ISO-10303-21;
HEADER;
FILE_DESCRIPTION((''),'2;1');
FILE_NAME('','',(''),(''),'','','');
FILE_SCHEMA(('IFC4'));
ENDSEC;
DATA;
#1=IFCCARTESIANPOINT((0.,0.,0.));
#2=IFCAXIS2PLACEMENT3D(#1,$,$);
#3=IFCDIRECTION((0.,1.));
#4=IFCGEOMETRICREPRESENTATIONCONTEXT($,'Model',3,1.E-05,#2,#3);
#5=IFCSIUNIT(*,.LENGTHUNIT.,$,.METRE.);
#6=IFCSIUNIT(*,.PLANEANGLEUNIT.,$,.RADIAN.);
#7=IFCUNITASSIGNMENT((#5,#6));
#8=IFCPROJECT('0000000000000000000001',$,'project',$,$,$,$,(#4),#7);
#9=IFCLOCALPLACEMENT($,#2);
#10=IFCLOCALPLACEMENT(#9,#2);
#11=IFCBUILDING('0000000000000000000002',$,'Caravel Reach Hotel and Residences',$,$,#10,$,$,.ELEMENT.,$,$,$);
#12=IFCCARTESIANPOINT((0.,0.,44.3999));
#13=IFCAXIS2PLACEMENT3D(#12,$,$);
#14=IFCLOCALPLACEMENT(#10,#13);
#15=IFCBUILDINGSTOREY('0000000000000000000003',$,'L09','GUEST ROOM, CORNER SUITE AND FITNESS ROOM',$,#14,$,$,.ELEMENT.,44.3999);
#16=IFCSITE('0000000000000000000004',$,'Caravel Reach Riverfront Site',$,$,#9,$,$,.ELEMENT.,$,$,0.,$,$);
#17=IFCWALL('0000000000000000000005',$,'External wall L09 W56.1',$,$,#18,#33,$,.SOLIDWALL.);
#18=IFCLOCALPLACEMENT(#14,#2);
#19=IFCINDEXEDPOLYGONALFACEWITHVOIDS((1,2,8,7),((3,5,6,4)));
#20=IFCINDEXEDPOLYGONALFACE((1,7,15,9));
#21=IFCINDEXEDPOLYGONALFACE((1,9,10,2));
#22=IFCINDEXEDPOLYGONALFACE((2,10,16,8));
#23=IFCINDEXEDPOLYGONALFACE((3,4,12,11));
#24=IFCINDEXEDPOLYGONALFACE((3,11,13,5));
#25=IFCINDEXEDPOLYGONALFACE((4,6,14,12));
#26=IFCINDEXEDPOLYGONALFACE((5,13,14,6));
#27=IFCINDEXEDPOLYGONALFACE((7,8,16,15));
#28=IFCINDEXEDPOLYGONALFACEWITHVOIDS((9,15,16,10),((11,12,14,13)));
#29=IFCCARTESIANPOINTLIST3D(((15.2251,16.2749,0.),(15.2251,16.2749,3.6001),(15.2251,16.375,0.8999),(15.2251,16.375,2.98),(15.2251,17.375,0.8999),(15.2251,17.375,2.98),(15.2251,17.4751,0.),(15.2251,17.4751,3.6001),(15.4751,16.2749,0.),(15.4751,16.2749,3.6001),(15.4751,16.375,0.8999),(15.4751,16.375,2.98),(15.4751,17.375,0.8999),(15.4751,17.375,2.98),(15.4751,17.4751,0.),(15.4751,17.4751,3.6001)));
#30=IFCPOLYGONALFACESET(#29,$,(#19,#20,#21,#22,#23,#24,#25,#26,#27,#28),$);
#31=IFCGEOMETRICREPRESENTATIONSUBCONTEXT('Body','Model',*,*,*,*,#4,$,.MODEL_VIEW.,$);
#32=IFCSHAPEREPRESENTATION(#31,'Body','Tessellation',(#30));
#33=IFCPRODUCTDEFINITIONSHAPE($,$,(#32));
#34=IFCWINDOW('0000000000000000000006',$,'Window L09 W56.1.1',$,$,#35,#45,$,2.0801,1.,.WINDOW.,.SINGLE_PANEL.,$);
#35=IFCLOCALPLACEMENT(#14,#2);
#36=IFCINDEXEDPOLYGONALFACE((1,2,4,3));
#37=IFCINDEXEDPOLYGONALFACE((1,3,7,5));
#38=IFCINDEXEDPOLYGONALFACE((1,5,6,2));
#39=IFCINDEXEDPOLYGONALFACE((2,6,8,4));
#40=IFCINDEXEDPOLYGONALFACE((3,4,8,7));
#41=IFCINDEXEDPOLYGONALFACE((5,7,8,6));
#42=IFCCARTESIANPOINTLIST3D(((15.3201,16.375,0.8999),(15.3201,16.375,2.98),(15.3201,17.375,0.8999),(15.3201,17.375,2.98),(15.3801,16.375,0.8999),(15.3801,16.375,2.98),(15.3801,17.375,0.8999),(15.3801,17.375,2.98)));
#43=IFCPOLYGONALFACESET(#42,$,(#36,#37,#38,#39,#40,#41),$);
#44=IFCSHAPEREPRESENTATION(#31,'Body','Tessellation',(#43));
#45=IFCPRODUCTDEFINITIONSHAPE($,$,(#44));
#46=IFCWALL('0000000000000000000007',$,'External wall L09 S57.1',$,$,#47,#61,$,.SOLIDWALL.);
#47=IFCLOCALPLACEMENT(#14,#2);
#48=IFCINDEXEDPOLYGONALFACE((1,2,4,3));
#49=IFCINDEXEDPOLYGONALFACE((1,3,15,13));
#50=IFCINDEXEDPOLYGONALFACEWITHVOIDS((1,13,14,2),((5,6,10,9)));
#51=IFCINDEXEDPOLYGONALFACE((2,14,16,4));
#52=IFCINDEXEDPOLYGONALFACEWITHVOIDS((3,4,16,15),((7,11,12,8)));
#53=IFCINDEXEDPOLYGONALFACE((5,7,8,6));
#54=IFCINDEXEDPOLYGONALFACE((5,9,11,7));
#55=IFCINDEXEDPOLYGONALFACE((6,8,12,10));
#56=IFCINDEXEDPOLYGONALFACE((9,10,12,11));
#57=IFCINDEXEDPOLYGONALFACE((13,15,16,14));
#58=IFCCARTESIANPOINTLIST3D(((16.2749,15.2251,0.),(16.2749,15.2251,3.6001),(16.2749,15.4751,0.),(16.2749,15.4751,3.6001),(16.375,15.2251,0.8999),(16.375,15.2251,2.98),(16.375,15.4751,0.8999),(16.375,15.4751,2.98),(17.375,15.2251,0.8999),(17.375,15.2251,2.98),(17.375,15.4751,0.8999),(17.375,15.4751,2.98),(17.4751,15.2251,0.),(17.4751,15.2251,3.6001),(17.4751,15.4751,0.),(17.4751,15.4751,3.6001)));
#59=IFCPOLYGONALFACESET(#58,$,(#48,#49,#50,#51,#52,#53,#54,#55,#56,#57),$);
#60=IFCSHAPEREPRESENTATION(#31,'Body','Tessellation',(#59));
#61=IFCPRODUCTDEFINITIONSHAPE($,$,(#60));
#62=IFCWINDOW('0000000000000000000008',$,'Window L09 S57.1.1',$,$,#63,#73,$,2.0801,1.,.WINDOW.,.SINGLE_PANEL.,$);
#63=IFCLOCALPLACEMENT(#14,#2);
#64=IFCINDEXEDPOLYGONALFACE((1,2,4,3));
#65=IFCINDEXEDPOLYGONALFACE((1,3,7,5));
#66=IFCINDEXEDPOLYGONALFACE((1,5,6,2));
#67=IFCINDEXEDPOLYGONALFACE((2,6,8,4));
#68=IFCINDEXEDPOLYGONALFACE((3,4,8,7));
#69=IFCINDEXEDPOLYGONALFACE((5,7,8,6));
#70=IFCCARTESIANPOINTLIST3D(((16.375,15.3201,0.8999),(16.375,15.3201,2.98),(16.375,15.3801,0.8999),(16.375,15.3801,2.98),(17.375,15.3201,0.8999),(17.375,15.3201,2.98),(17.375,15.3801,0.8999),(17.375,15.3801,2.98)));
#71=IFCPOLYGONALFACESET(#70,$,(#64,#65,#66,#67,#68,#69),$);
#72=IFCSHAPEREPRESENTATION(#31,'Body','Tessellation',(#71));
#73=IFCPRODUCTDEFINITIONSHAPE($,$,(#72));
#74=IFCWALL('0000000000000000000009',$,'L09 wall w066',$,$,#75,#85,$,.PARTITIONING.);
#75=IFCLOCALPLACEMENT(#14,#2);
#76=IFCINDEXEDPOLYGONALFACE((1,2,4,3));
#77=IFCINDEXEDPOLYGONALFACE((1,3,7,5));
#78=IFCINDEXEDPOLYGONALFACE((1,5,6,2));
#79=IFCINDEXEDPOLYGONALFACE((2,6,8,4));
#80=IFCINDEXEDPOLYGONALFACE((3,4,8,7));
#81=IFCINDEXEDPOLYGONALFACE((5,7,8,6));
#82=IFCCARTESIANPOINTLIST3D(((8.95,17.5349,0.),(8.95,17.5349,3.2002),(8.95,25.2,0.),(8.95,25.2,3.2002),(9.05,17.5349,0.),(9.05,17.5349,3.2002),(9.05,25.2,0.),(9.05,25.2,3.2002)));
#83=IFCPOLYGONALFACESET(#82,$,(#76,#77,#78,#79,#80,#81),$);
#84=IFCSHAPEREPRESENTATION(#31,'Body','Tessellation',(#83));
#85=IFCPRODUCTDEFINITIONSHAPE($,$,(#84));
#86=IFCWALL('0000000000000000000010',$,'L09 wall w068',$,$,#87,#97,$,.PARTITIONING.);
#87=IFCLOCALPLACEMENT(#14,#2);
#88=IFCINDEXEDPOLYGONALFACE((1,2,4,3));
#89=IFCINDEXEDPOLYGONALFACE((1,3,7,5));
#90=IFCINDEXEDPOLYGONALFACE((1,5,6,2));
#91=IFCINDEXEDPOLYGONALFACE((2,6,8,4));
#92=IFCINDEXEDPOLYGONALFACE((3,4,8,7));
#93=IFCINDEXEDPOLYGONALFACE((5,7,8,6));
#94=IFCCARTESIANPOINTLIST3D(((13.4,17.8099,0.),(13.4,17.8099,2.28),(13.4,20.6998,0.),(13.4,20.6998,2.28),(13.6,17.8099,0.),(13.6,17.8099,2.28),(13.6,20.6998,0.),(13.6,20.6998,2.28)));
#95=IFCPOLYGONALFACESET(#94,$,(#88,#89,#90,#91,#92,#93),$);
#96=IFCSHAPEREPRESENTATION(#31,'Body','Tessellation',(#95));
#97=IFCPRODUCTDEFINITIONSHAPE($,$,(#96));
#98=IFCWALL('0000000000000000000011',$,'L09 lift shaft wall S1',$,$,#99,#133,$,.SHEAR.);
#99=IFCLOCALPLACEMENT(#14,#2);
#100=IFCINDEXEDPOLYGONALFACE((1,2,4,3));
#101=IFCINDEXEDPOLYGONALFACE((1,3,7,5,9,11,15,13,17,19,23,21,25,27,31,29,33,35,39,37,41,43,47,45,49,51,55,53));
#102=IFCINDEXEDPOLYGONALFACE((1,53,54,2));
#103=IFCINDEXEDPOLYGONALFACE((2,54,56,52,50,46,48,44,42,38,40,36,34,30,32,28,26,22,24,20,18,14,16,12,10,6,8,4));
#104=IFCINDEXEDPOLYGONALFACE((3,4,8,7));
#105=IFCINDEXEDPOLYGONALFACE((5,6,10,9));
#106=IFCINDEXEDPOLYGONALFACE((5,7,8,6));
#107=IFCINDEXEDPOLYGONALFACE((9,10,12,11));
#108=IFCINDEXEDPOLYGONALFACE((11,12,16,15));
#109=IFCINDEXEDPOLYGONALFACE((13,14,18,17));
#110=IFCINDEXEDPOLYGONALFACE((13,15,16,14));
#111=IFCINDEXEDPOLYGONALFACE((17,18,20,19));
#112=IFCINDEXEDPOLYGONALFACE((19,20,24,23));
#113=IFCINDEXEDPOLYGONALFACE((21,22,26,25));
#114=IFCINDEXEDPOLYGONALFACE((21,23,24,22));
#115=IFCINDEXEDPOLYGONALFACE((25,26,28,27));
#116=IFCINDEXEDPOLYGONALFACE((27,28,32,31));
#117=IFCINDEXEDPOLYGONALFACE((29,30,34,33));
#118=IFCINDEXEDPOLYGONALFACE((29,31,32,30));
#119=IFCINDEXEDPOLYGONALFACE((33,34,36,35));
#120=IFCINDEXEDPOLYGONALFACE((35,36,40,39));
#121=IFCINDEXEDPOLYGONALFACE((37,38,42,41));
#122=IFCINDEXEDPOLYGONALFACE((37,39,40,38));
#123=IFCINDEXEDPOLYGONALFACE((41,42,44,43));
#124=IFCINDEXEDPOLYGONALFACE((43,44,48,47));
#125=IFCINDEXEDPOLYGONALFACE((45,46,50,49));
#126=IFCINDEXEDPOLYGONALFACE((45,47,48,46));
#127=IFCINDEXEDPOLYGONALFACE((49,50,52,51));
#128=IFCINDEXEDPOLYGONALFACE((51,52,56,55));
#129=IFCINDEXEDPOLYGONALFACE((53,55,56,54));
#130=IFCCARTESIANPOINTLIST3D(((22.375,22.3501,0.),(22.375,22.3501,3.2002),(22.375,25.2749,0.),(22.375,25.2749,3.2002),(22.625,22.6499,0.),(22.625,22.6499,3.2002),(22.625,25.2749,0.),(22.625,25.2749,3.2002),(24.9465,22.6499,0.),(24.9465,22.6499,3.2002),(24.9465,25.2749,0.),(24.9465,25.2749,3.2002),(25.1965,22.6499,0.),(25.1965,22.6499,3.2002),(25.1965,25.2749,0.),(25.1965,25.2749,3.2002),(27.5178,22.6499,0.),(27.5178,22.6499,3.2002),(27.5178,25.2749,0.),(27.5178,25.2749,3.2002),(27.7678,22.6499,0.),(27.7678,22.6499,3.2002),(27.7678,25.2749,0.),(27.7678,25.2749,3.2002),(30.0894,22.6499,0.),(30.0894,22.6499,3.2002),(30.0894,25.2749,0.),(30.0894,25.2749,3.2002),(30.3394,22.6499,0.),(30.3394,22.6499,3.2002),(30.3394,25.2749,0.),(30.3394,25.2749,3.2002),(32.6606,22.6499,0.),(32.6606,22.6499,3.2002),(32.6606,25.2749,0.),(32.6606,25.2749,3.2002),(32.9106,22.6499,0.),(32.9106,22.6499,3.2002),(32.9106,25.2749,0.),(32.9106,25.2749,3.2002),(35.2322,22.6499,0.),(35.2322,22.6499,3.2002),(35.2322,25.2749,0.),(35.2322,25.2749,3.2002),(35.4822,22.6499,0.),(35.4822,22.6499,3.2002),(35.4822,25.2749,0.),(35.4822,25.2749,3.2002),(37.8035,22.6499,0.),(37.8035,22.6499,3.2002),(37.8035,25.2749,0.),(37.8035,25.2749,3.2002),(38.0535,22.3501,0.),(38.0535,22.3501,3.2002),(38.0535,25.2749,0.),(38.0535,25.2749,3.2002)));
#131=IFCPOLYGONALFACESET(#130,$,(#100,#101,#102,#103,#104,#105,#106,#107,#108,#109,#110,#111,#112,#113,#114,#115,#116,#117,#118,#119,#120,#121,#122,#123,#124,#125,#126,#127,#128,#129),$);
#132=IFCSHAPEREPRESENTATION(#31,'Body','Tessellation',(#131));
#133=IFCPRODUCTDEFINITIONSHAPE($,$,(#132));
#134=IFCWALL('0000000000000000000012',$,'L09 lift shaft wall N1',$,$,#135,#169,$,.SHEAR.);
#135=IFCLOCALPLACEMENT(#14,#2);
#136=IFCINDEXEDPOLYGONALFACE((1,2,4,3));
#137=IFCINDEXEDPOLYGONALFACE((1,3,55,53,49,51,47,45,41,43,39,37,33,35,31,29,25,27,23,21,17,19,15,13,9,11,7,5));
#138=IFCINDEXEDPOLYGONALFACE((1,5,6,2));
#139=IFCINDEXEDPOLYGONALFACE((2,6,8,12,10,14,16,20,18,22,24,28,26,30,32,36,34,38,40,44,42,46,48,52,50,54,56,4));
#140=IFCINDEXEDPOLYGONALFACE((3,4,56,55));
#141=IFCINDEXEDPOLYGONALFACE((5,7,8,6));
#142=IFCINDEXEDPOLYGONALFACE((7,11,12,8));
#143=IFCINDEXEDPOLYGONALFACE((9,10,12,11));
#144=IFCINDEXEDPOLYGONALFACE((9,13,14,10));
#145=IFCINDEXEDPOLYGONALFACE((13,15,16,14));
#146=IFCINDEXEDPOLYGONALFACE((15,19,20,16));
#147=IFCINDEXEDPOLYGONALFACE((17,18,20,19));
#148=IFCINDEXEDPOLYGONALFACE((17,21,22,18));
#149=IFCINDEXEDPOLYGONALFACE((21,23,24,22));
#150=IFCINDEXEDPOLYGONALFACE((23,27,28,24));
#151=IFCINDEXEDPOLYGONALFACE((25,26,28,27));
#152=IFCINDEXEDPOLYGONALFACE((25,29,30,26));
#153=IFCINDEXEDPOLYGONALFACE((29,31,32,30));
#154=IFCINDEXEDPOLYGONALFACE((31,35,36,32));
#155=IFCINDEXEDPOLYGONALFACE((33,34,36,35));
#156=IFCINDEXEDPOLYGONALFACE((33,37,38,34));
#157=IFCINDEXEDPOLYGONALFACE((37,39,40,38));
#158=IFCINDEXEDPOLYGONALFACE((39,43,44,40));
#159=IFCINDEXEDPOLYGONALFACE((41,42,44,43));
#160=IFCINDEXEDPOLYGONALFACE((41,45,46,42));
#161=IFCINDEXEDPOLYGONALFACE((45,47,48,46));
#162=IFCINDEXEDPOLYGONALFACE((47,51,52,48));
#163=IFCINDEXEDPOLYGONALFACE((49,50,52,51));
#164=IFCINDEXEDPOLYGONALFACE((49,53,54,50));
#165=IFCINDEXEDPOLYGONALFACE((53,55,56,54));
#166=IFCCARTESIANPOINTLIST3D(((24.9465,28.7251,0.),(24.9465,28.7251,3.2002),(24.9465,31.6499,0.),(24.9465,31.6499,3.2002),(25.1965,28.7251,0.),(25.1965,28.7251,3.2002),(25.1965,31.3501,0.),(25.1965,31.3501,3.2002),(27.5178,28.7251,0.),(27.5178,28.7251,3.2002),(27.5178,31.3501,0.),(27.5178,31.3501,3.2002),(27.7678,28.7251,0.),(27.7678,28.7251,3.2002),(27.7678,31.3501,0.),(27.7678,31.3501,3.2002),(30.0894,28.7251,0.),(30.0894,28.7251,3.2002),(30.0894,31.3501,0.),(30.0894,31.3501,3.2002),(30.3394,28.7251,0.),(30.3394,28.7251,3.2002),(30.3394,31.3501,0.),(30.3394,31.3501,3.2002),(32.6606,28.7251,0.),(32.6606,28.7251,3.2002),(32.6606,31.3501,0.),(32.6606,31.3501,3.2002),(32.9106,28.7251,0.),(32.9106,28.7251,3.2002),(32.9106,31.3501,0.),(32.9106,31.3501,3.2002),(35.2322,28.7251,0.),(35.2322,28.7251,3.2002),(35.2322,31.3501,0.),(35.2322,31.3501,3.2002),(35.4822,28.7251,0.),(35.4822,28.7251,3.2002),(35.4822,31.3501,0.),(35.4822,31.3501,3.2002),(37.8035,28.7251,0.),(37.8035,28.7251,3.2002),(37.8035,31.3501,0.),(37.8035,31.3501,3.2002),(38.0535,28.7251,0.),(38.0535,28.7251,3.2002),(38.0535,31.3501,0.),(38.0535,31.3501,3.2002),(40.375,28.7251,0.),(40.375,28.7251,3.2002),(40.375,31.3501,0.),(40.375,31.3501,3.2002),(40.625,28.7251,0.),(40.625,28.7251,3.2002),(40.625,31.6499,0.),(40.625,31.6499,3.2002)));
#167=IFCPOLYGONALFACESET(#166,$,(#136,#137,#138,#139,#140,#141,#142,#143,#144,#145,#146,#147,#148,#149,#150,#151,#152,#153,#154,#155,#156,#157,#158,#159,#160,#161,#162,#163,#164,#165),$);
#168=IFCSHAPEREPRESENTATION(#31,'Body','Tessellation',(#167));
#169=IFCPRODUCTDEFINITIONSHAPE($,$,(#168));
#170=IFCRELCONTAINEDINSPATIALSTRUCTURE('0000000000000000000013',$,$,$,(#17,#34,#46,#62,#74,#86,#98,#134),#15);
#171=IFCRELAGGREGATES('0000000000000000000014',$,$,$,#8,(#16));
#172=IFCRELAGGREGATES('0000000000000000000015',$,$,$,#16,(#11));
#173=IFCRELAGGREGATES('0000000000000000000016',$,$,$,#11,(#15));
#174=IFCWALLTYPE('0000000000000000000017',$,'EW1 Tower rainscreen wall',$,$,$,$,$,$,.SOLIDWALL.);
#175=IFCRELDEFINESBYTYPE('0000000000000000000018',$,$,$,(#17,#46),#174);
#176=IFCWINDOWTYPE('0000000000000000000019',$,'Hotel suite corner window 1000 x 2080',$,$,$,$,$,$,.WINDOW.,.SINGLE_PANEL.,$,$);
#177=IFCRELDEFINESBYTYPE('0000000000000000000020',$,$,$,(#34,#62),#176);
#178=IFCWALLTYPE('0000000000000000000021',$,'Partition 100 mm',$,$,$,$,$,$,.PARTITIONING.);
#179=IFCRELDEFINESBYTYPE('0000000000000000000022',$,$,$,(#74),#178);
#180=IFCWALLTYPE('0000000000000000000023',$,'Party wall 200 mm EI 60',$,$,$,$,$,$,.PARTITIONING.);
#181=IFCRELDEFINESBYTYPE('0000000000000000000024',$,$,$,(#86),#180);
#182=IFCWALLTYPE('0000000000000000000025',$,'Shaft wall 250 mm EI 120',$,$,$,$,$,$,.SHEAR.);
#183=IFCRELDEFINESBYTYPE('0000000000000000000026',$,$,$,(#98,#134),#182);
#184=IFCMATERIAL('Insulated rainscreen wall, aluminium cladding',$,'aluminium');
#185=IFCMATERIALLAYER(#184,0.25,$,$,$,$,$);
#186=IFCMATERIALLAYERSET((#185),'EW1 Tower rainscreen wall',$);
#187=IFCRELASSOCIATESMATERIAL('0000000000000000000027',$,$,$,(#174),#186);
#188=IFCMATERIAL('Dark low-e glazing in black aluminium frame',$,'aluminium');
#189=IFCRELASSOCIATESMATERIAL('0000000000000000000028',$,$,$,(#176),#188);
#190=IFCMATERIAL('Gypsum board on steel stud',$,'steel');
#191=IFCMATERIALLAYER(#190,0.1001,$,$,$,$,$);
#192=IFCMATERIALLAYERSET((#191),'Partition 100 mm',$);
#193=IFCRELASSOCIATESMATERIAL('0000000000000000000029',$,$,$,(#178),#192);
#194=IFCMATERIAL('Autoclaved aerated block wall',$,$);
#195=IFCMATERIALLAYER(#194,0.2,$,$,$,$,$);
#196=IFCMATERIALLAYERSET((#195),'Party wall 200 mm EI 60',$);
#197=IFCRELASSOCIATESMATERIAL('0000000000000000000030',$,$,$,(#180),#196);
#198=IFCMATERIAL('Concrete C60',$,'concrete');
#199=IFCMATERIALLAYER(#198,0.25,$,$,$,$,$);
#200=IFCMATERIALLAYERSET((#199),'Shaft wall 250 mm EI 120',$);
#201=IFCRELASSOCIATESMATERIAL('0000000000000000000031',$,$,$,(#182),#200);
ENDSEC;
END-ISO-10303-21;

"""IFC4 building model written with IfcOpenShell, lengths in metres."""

from ifc_helpers import new_model, si_unit, direction, frame, frame_2d, origin, place, context, subcontext, project, spatial, polyline, rectangle, outline, extrude, material, layer, layer_set, type_object, element, fill, save


model = new_model("IFC4")

# Units and contexts
model_context = context("Model", 3, precision=1e-05, world=origin(), true_north=direction((0.0, 1.0)))
body_context = subcontext(model_context, "Body", "Model", "MODEL_VIEW")
ifc_project = project(units=[si_unit("LENGTHUNIT", "METRE"), si_unit("PLANEANGLEUNIT", "RADIAN")], contexts=[model_context])

# Site, building, storey
site_placement = place(None, origin())
site = spatial("IfcSite", under=ifc_project, at=site_placement, Name="Caravel Reach Riverfront Site", CompositionType="ELEMENT", RefElevation=0.0)
building_placement = place(site_placement, origin())
building = spatial("IfcBuilding", under=site, at=building_placement, Name="Caravel Reach Hotel and Residences", CompositionType="ELEMENT")
storey_placement = place(building_placement, frame((0.0, 0.0, 44.3999)))
storey = spatial("IfcBuildingStorey", under=building, at=storey_placement, Name="L09", Description="GUEST ROOM, CORNER SUITE AND FITNESS ROOM", CompositionType="ELEMENT", Elevation=44.3999)

# Shared definitions
ifc_material_1 = material(Name="Insulated rainscreen wall, aluminium cladding", Category="aluminium")
ifc_layer_1 = layer(ifc_material_1, 0.25)
ifc_layer_set_1 = layer_set([ifc_layer_1], Name="EW1 Tower rainscreen wall")
wall_type_1 = type_object("IfcWallType", Name="EW1 Tower rainscreen wall", PredefinedType="SOLIDWALL", material=ifc_layer_set_1)

# Walls, openings, windows
ifc_material_2 = material(Name="Dark low-e glazing in black aluminium frame", Category="aluminium")
window_type_1 = type_object("IfcWindowType", Name="Hotel suite corner window 1000 x 2080", PartitioningType="SINGLE_PANEL", PredefinedType="WINDOW", material=ifc_material_2)
wall_1_placement = place(storey_placement, frame((15.3501, 17.4751, 0.0), z_axis=(0.0, 0.0, 1.0), x_axis=(0.0, -1.0, 0.0)))
wall_1 = element("IfcWall", 1, at=wall_1_placement, inside=storey, type_object=wall_type_1, Name="External wall L09 W56.1", PredefinedType="SOLIDWALL", context=body_context, shape_type="SweptSolid", body=[
    extrude(rectangle(XDim=1.2002, YDim=0.25, at=frame_2d((0.6001, 0.0))), origin(), (0.0, 0.0, 1.0), 3.6001),
])
opening_1_placement = place(wall_1_placement, frame((0.1001, 0.0, 0.8999)))
opening_1 = element("IfcOpeningElement", 2, at=opening_1_placement, cuts=wall_1, PredefinedType="OPENING", context=body_context, shape_type="SweptSolid", body=[
    extrude(rectangle(XDim=1.0, YDim=2.0801, at=frame_2d((0.5, 1.04))), frame((0.0, 0.135, 0.0), z_axis=(0.0, -1.0, 0.0), x_axis=(1.0, 0.0, 0.0)), (0.0, 0.0, 1.0), 0.27),
])
window_1_placement = place(opening_1_placement, origin())
window_1 = element("IfcWindow", 3, at=window_1_placement, inside=storey, type_object=window_type_1, Name="Window L09 W56.1.1", OverallHeight=2.0801, OverallWidth=1.0, PartitioningType="SINGLE_PANEL", PredefinedType="WINDOW", context=body_context, shape_type="SweptSolid", body=[
    extrude(rectangle(XDim=1.0, YDim=2.0801, at=frame_2d((0.5, 1.04))), frame((0.0, 0.03, 0.0), z_axis=(0.0, -1.0, 0.0), x_axis=(1.0, 0.0, 0.0)), (0.0, 0.0, 1.0), 0.0601),
])
fill(opening_1, window_1)
wall_2_placement = place(storey_placement, frame((16.2749, 15.3501, 0.0), z_axis=(0.0, 0.0, 1.0), x_axis=(1.0, 0.0, 0.0)))
wall_2 = element("IfcWall", 4, at=wall_2_placement, inside=storey, type_object=wall_type_1, Name="External wall L09 S57.1", PredefinedType="SOLIDWALL", context=body_context, shape_type="SweptSolid", body=[
    extrude(rectangle(XDim=1.2002, YDim=0.25, at=frame_2d((0.6001, 0.0))), origin(), (0.0, 0.0, 1.0), 3.6001),
])
opening_2_placement = place(wall_2_placement, frame((0.1001, 0.0, 0.8999)))
opening_2 = element("IfcOpeningElement", 5, at=opening_2_placement, cuts=wall_2, PredefinedType="OPENING", context=body_context, shape_type="SweptSolid", body=[
    extrude(rectangle(XDim=1.0, YDim=2.0801, at=frame_2d((0.5, 1.04))), frame((0.0, 0.135, 0.0), z_axis=(0.0, -1.0, 0.0), x_axis=(1.0, 0.0, 0.0)), (0.0, 0.0, 1.0), 0.27),
])
window_2_placement = place(opening_2_placement, origin())
window_2 = element("IfcWindow", 6, at=window_2_placement, inside=storey, type_object=window_type_1, Name="Window L09 S57.1.1", OverallHeight=2.0801, OverallWidth=1.0, PartitioningType="SINGLE_PANEL", PredefinedType="WINDOW", context=body_context, shape_type="SweptSolid", body=[
    extrude(rectangle(XDim=1.0, YDim=2.0801, at=frame_2d((0.5, 1.04))), frame((0.0, 0.03, 0.0), z_axis=(0.0, -1.0, 0.0), x_axis=(1.0, 0.0, 0.0)), (0.0, 0.0, 1.0), 0.0601),
])
fill(opening_2, window_2)

# Walls
ifc_material_3 = material(Name="Gypsum board on steel stud", Category="steel")
ifc_layer_2 = layer(ifc_material_3, 0.1001)
ifc_layer_set_2 = layer_set([ifc_layer_2], Name="Partition 100 mm")
wall_type_2 = type_object("IfcWallType", Name="Partition 100 mm", PredefinedType="PARTITIONING", material=ifc_layer_set_2)
wall_3_placement = place(storey_placement, frame((9.0, 17.5349, 0.0), z_axis=(0.0, 0.0, 1.0), x_axis=(0.0, 1.0, 0.0)))
element("IfcWall", 7, at=wall_3_placement, inside=storey, type_object=wall_type_2, Name="L09 wall w066", PredefinedType="PARTITIONING", context=body_context, shape_type="SweptSolid", body=[
    extrude(rectangle(XDim=7.665, YDim=0.1001, at=frame_2d((3.8325, 0.0))), origin(), (0.0, 0.0, 1.0), 3.2002),
])
ifc_material_4 = material(Name="Autoclaved aerated block wall")
ifc_layer_3 = layer(ifc_material_4, 0.2)
ifc_layer_set_3 = layer_set([ifc_layer_3], Name="Party wall 200 mm EI 60")
wall_type_3 = type_object("IfcWallType", Name="Party wall 200 mm EI 60", PredefinedType="PARTITIONING", material=ifc_layer_set_3)
wall_4_placement = place(storey_placement, frame((13.5, 17.8101, 0.0), z_axis=(0.0, 0.0, 1.0), x_axis=(0.0, 1.0, 0.0)))
element("IfcWall", 8, at=wall_4_placement, inside=storey, type_object=wall_type_3, Name="L09 wall w068", PredefinedType="PARTITIONING", context=body_context, shape_type="SweptSolid", body=[
    extrude(rectangle(XDim=2.8899, YDim=0.2, at=frame_2d((1.4448, 0.0))), origin(), (0.0, 0.0, 1.0), 2.28),
])
ifc_material_5 = material(Name="Concrete C60", Category="concrete")
ifc_layer_4 = layer(ifc_material_5, 0.25)
ifc_layer_set_4 = layer_set([ifc_layer_4], Name="Shaft wall 250 mm EI 120")
wall_type_4 = type_object("IfcWallType", Name="Shaft wall 250 mm EI 120", PredefinedType="SHEAR", material=ifc_layer_set_4)
wall_5_placement = place(storey_placement, origin())
element("IfcWall", 9, at=wall_5_placement, inside=storey, type_object=wall_type_4, Name="L09 lift shaft wall S1", PredefinedType="SHEAR", context=body_context, shape_type="SweptSolid", body=[
    extrude(outline(polyline([(22.375, 22.3501), (38.0535, 22.3501), (38.0535, 25.2749), (37.8035, 25.2749), (37.8035, 22.6499), (35.4822, 22.6499), (35.4822, 25.2749), (35.2322, 25.2749), (35.2322, 22.6499), (32.9106, 22.6499), (32.9106, 25.2749), (32.6606, 25.2749), (32.6606, 22.6499), (30.3394, 22.6499), (30.3394, 25.2749), (30.0894, 25.2749), (30.0894, 22.6499), (27.7678, 22.6499), (27.7678, 25.2749), (27.5178, 25.2749), (27.5178, 22.6499), (25.1965, 22.6499), (25.1965, 25.2749), (24.9465, 25.2749), (24.9465, 22.6499), (22.625, 22.6499), (22.625, 25.2749), (22.375, 25.2749), (22.375, 22.3501)])), origin(), (0.0, 0.0, 1.0), 3.2002),
])
wall_6_placement = place(storey_placement, origin())
element("IfcWall", 10, at=wall_6_placement, inside=storey, type_object=wall_type_4, Name="L09 lift shaft wall N1", PredefinedType="SHEAR", context=body_context, shape_type="SweptSolid", body=[
    extrude(outline(polyline([(24.9465, 28.7251), (25.1965, 28.7251), (25.1965, 31.3501), (27.5178, 31.3501), (27.5178, 28.7251), (27.7678, 28.7251), (27.7678, 31.3501), (30.0894, 31.3501), (30.0894, 28.7251), (30.3394, 28.7251), (30.3394, 31.3501), (32.6606, 31.3501), (32.6606, 28.7251), (32.9106, 28.7251), (32.9106, 31.3501), (35.2322, 31.3501), (35.2322, 28.7251), (35.4822, 28.7251), (35.4822, 31.3501), (37.8035, 31.3501), (37.8035, 28.7251), (38.0535, 28.7251), (38.0535, 31.3501), (40.375, 31.3501), (40.375, 28.7251), (40.625, 28.7251), (40.625, 31.6499), (24.9465, 31.6499), (24.9465, 28.7251)])), origin(), (0.0, 0.0, 1.0), 3.2002),
])

save(model, "model.ifc")
